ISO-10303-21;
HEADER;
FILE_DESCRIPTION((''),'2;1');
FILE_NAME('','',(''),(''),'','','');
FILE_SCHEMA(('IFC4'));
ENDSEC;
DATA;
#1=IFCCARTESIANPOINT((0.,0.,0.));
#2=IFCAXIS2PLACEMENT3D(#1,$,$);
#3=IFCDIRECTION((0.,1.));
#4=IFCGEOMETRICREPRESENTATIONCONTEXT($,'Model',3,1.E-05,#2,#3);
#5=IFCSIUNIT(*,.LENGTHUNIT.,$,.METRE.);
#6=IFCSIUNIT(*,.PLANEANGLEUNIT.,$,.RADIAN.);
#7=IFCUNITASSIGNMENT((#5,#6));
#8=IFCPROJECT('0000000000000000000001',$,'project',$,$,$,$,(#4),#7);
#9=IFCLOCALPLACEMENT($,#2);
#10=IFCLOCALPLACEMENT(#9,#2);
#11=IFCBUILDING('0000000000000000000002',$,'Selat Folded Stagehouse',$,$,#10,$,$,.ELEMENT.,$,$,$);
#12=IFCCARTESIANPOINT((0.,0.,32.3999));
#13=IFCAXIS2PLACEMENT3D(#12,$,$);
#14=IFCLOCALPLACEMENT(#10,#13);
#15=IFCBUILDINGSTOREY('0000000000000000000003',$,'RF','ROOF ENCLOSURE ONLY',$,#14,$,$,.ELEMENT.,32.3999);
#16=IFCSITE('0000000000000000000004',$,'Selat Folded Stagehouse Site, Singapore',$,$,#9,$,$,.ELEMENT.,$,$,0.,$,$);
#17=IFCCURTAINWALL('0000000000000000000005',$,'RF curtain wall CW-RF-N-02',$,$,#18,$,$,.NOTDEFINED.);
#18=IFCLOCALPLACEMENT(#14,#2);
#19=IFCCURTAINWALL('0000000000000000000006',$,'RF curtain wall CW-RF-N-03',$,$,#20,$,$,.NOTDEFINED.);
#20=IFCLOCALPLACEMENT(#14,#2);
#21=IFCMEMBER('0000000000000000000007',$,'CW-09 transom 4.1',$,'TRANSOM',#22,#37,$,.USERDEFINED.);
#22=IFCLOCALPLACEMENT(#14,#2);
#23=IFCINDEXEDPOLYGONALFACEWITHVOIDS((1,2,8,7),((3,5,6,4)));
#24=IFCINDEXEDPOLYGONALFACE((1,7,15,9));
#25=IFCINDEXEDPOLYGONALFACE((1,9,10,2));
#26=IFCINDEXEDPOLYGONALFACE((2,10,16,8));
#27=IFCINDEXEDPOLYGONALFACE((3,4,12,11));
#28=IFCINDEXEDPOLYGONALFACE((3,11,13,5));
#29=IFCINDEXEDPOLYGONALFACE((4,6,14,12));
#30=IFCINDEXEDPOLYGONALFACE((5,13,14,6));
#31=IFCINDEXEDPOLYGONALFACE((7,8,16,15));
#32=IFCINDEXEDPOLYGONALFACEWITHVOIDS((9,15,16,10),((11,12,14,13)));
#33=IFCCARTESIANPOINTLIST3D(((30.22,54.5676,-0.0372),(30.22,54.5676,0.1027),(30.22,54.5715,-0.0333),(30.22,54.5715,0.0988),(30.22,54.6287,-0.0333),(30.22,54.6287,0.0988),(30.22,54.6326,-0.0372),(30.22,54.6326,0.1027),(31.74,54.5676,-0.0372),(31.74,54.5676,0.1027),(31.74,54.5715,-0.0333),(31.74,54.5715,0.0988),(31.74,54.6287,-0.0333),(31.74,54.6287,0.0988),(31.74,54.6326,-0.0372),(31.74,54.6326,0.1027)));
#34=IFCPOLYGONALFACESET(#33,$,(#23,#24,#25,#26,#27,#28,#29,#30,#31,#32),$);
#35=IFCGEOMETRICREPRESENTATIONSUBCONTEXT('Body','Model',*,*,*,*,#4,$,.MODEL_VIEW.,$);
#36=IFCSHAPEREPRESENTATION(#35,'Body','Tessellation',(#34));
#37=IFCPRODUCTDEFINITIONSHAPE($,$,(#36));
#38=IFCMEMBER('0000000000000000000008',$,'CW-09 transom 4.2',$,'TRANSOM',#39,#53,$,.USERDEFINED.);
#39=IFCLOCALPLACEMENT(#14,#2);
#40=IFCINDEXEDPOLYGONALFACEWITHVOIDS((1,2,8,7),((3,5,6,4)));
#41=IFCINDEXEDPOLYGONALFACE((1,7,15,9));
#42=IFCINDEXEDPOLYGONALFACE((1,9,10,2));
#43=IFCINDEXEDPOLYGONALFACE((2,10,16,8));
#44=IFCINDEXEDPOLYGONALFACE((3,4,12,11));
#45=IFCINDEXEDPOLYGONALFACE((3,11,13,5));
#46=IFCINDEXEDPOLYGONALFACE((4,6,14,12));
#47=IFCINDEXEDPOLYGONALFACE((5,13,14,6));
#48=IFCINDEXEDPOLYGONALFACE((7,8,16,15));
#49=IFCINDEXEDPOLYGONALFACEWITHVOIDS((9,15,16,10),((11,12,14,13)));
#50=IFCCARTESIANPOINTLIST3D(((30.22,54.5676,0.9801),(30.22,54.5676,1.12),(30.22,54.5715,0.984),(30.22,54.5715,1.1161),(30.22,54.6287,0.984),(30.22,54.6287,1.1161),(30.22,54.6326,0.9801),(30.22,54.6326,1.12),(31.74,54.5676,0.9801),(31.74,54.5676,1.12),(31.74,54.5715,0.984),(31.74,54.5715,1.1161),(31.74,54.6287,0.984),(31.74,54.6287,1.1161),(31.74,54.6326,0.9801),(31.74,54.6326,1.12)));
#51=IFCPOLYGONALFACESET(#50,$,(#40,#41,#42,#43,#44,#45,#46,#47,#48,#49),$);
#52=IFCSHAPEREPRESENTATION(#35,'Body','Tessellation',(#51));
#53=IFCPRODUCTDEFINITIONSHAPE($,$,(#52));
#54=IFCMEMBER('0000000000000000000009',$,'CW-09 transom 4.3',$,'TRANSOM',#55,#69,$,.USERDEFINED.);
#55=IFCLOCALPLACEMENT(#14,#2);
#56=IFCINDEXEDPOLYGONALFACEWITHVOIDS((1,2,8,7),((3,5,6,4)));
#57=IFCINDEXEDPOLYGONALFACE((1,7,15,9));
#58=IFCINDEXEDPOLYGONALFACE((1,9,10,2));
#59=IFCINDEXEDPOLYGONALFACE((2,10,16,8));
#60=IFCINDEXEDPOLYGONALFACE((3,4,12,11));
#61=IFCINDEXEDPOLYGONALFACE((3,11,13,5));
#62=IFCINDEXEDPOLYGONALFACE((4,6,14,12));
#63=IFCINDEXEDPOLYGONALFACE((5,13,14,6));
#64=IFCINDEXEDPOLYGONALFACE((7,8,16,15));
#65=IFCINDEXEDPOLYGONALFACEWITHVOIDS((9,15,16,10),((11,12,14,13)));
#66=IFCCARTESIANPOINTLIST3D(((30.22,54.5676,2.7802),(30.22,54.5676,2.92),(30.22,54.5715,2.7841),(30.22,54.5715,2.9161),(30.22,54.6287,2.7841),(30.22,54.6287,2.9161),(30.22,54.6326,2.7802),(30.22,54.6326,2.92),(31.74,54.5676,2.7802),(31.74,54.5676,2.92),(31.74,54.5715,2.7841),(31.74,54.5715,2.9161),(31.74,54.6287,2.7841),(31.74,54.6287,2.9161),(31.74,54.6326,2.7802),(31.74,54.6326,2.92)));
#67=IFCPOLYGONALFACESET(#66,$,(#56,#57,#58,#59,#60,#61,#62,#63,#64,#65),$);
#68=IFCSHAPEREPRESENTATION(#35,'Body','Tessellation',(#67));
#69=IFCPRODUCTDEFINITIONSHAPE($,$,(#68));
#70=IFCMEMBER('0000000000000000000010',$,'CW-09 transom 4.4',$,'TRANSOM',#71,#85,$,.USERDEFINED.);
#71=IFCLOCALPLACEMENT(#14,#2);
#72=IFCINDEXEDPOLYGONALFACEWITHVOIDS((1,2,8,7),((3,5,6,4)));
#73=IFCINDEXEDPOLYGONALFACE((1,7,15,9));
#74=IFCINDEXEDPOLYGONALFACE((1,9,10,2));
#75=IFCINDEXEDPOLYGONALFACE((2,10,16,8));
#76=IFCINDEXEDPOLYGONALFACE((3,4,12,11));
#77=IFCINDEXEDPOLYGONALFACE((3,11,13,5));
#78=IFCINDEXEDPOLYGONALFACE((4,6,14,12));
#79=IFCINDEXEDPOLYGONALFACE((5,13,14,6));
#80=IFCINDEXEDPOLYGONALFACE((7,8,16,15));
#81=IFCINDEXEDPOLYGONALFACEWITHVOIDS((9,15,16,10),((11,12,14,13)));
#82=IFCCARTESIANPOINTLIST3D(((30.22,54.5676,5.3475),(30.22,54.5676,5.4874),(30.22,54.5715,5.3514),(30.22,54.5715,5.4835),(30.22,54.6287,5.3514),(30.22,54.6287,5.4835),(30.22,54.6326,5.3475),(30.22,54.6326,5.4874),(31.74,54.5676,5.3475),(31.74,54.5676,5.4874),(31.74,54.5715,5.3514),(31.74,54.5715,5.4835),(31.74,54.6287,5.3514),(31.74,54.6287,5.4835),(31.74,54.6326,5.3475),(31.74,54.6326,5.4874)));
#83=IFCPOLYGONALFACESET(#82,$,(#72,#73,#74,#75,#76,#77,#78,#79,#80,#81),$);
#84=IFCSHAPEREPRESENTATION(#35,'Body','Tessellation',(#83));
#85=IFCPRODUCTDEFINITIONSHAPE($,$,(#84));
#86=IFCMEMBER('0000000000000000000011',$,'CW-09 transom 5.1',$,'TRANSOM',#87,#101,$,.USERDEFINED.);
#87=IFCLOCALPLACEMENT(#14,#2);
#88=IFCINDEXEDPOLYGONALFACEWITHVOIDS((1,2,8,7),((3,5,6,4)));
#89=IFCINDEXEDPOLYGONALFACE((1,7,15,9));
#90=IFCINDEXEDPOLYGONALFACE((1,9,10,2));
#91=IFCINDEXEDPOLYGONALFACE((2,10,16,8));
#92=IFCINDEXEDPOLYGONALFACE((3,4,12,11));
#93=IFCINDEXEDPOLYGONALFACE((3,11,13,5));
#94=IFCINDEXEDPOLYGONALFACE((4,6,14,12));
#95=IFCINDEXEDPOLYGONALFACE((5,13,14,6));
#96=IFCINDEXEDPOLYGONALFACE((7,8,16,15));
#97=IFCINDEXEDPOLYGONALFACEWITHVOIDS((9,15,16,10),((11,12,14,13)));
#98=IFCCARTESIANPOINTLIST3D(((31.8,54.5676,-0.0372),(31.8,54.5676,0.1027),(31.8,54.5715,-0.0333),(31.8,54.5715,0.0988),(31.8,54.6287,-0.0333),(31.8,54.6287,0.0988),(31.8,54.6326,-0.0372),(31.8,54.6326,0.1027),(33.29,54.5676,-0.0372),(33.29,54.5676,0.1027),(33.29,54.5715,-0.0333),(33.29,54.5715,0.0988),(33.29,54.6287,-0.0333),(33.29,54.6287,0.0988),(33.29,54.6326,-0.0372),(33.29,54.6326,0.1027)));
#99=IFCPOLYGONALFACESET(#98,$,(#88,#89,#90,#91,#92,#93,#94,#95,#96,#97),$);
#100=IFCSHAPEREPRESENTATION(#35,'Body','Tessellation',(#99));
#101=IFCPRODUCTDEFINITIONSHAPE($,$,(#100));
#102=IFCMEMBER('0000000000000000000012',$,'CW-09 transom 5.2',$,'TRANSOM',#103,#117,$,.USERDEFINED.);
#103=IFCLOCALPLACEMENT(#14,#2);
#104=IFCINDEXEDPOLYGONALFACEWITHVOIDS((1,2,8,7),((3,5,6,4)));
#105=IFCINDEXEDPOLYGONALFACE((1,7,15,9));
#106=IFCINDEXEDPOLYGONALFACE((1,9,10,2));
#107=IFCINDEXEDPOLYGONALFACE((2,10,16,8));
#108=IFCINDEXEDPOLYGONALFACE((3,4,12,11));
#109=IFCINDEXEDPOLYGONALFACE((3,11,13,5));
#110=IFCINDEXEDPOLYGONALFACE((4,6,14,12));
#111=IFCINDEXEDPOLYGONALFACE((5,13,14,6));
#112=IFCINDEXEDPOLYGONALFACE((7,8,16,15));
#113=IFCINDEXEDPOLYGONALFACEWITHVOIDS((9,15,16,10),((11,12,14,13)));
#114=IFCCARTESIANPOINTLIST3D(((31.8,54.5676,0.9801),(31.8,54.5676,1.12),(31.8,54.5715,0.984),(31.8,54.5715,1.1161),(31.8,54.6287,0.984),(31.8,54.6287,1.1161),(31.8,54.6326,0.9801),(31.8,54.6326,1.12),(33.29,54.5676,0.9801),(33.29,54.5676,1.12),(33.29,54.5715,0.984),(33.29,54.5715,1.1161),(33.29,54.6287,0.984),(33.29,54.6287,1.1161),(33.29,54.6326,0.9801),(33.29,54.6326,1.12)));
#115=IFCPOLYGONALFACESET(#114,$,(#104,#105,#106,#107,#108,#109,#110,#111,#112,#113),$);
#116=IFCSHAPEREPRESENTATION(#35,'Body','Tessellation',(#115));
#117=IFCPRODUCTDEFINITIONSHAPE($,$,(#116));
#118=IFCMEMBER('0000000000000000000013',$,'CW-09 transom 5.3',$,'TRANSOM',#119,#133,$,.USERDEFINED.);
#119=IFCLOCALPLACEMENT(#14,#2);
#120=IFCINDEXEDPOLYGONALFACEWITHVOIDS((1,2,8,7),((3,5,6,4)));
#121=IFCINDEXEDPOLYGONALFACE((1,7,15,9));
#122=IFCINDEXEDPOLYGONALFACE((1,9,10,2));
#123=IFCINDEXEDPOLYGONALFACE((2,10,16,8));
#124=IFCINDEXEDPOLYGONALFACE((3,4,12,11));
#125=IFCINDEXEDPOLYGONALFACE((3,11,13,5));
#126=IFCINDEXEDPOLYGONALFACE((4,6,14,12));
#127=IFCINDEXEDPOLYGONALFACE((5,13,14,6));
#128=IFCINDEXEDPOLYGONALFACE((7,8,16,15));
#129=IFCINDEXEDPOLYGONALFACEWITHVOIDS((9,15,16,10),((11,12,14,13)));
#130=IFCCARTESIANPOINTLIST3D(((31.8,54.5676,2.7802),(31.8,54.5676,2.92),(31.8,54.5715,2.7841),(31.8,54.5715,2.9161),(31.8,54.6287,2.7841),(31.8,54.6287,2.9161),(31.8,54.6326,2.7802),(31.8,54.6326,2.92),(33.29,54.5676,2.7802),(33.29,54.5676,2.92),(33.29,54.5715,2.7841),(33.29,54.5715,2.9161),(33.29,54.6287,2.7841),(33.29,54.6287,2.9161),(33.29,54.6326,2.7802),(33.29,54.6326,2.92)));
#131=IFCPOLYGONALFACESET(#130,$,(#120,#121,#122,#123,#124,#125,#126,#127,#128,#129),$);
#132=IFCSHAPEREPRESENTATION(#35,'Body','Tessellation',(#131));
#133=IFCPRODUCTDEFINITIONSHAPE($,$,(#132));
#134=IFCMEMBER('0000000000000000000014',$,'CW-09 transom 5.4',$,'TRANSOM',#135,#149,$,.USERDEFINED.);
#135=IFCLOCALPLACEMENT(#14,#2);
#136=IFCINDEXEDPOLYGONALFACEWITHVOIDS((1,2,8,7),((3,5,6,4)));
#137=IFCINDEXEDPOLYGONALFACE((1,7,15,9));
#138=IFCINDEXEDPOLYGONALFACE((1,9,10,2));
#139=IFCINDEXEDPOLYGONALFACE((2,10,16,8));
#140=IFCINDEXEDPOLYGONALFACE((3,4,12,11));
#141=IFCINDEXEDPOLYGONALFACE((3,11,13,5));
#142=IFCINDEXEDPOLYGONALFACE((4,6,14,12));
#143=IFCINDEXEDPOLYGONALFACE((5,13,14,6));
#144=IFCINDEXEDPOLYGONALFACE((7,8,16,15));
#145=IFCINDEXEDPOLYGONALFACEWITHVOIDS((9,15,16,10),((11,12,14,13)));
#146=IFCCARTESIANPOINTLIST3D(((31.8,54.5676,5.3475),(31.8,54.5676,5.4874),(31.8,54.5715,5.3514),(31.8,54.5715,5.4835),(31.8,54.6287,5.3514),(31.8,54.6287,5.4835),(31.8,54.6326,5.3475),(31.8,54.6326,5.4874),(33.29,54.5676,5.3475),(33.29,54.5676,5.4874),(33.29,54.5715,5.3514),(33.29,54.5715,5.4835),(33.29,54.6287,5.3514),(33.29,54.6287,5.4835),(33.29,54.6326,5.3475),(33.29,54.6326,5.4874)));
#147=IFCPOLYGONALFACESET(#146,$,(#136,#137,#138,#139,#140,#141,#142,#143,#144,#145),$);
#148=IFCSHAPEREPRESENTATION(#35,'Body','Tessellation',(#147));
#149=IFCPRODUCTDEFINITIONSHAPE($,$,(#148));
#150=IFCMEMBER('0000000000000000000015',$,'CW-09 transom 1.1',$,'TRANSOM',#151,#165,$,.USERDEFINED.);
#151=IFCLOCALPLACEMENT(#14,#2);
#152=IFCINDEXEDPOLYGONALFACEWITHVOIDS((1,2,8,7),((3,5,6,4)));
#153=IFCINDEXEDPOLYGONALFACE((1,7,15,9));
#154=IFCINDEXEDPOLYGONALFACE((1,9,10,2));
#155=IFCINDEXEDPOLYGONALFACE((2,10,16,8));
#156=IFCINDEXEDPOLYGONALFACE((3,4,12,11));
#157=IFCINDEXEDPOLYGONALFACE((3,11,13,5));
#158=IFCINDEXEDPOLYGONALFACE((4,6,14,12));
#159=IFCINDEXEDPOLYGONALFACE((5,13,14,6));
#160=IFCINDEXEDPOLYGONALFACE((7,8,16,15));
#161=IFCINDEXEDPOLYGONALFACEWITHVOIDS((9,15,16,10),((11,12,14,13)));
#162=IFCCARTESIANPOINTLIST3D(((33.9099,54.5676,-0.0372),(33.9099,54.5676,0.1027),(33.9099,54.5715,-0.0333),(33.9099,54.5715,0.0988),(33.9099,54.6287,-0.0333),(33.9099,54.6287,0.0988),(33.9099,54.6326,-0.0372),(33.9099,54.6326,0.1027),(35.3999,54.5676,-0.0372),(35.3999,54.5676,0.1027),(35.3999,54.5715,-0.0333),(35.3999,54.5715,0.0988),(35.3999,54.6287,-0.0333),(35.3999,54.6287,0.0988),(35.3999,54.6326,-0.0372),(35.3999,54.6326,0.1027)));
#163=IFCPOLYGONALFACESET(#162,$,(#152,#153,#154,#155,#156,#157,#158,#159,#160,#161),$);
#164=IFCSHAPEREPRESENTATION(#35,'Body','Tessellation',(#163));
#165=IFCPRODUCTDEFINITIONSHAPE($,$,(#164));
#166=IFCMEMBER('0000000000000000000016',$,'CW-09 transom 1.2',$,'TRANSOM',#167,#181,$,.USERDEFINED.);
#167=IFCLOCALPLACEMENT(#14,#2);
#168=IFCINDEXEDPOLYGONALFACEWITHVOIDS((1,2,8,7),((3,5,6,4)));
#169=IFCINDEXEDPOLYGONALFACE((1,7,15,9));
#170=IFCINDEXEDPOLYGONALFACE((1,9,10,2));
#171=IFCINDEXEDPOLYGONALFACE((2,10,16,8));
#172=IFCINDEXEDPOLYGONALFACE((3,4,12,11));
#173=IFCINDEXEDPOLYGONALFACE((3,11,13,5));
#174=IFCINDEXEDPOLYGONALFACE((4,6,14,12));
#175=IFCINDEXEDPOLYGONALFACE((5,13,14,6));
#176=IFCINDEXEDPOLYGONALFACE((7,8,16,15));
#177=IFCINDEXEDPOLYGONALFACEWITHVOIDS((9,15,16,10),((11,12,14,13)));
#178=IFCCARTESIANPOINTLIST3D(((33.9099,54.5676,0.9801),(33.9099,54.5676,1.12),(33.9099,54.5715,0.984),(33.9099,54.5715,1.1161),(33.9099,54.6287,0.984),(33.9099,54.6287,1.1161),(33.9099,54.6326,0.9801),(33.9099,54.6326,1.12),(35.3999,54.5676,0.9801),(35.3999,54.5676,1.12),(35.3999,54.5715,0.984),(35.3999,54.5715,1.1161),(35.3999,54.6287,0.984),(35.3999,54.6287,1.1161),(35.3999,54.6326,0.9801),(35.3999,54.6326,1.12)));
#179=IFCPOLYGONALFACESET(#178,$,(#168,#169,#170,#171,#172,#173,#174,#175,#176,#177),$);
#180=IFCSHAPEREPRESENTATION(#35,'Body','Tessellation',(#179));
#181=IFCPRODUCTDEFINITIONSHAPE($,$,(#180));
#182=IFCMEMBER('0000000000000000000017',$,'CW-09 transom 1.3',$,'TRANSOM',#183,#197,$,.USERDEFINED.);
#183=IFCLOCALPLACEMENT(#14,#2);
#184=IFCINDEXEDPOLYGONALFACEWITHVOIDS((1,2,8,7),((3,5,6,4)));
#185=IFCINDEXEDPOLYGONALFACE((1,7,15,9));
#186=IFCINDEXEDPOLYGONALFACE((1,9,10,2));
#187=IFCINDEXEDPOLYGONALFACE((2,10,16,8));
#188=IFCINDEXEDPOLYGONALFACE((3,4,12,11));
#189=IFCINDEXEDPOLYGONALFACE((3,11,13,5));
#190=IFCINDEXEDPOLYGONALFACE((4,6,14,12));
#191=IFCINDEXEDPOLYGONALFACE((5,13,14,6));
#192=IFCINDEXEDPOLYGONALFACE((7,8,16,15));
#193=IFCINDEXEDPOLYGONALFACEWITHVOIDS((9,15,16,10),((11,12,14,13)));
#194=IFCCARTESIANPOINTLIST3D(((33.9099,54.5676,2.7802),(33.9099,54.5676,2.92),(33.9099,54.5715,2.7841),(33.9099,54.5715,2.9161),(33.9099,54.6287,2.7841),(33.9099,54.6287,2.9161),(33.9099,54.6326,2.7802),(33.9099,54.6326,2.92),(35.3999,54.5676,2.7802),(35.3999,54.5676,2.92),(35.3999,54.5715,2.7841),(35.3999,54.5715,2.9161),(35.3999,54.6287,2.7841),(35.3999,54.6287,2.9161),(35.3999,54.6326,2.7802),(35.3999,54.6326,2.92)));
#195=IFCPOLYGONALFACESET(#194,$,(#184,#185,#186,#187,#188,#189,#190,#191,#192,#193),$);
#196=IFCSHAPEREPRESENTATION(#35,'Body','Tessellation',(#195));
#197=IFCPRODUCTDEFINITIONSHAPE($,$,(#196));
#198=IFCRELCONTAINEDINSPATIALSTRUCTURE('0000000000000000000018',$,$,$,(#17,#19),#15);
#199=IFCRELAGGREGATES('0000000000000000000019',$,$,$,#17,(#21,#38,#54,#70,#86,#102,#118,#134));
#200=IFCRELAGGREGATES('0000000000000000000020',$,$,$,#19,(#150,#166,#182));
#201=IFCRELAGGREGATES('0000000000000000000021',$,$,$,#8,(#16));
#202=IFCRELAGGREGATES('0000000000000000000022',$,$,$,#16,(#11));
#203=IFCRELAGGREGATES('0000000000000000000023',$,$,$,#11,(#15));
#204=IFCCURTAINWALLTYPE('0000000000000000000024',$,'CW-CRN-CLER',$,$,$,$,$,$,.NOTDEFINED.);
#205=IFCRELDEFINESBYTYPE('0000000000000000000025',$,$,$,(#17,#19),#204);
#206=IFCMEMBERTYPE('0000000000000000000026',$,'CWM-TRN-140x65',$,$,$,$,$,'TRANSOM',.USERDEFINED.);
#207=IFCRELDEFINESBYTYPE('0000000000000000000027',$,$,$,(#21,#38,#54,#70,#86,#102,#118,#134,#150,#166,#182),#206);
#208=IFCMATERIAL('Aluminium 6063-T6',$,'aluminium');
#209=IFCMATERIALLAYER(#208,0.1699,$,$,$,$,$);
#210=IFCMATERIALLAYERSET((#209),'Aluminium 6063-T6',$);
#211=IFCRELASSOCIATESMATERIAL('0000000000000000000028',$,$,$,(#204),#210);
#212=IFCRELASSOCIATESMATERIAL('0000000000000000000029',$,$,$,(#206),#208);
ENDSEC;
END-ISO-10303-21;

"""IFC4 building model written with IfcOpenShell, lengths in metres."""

from ifc_helpers import new_model, si_unit, direction, frame, origin, origin_2d, place, context, subcontext, project, spatial, hollow_rectangle, extrude, material, layer, layer_set, material_profile, profile_set, type_object, element, aggregate, save


model = new_model("IFC4")

# Units and contexts
model_context = context("Model", 3, precision=1e-05, world=origin(), true_north=direction((0.0, 1.0)))
body_context = subcontext(model_context, "Body", "Model", "MODEL_VIEW")
ifc_project = project(units=[si_unit("LENGTHUNIT", "METRE"), si_unit("PLANEANGLEUNIT", "RADIAN")], contexts=[model_context])

# Site, building, storey
site_placement = place(None, origin())
site = spatial("IfcSite", under=ifc_project, at=site_placement, Name="Selat Folded Stagehouse Site, Singapore", CompositionType="ELEMENT", RefElevation=0.0)
building_placement = place(site_placement, origin())
building = spatial("IfcBuilding", under=site, at=building_placement, Name="Selat Folded Stagehouse", CompositionType="ELEMENT")
storey_placement = place(building_placement, frame((0.0, 0.0, 32.3999)))
storey = spatial("IfcBuildingStorey", under=building, at=storey_placement, Name="RF", Description="ROOF ENCLOSURE ONLY", CompositionType="ELEMENT", Elevation=32.3999)

# Curtain walls
ifc_material_1 = material(Name="Aluminium 6063-T6", Category="aluminium")
ifc_layer_1 = layer(ifc_material_1, 0.1699)
ifc_layer_set_1 = layer_set([ifc_layer_1], Name="Aluminium 6063-T6")
curtain_wall_type = type_object("IfcCurtainWallType", Name="CW-CRN-CLER", PredefinedType="NOTDEFINED", material=ifc_layer_set_1)
curtain_wall_1_placement = place(storey_placement, origin())
curtain_wall_1 = element("IfcCurtainWall", 1, at=curtain_wall_1_placement, inside=storey, type_object=curtain_wall_type, Name="RF curtain wall CW-RF-N-02", PredefinedType="NOTDEFINED")
curtain_wall_2_placement = place(storey_placement, origin())
curtain_wall_2 = element("IfcCurtainWall", 2, at=curtain_wall_2_placement, inside=storey, type_object=curtain_wall_type, Name="RF curtain wall CW-RF-N-03", PredefinedType="NOTDEFINED")

# Members
ifc_material_profile_1 = material_profile(ifc_material_1, hollow_rectangle(XDim=0.0649, YDim=0.1399, WallThickness=0.0039, at=origin_2d()), Name="ALU 140x65x4.0")
ifc_profile_set_1 = profile_set([ifc_material_profile_1], Name="Aluminium 6063-T6")
member_type_1 = type_object("IfcMemberType", Name="CWM-TRN-140x65", ElementType="TRANSOM", PredefinedType="USERDEFINED", material=ifc_profile_set_1)
member_1_placement = place(storey_placement, frame((30.22, 54.6001, 0.0327), z_axis=(1.0, 0.0, 0.0), x_axis=(0.0, 1.0, 0.0)))
member_1 = element("IfcMember", 3, at=member_1_placement, type_object=member_type_1, Name="CW-09 transom 4.1", ObjectType="TRANSOM", PredefinedType="USERDEFINED", context=body_context, shape_type="SweptSolid", body=[
    extrude(hollow_rectangle(XDim=0.0649, YDim=0.1399, WallThickness=0.0039, at=origin_2d()), origin(), (0.0, 0.0, 1.0), 1.52),
])
member_2_placement = place(storey_placement, frame((30.22, 54.6001, 1.05), z_axis=(1.0, 0.0, 0.0), x_axis=(0.0, 1.0, 0.0)))
member_2 = element("IfcMember", 4, at=member_2_placement, type_object=member_type_1, Name="CW-09 transom 4.2", ObjectType="TRANSOM", PredefinedType="USERDEFINED", context=body_context, shape_type="SweptSolid", body=[
    extrude(hollow_rectangle(XDim=0.0649, YDim=0.1399, WallThickness=0.0039, at=origin_2d()), origin(), (0.0, 0.0, 1.0), 1.52),
])
member_3_placement = place(storey_placement, frame((30.22, 54.6001, 2.8501), z_axis=(1.0, 0.0, 0.0), x_axis=(0.0, 1.0, 0.0)))
member_3 = element("IfcMember", 5, at=member_3_placement, type_object=member_type_1, Name="CW-09 transom 4.3", ObjectType="TRANSOM", PredefinedType="USERDEFINED", context=body_context, shape_type="SweptSolid", body=[
    extrude(hollow_rectangle(XDim=0.0649, YDim=0.1399, WallThickness=0.0039, at=origin_2d()), origin(), (0.0, 0.0, 1.0), 1.52),
])
member_4_placement = place(storey_placement, frame((30.22, 54.6001, 5.4175), z_axis=(1.0, 0.0, 0.0), x_axis=(0.0, 1.0, 0.0)))
member_4 = element("IfcMember", 6, at=member_4_placement, type_object=member_type_1, Name="CW-09 transom 4.4", ObjectType="TRANSOM", PredefinedType="USERDEFINED", context=body_context, shape_type="SweptSolid", body=[
    extrude(hollow_rectangle(XDim=0.0649, YDim=0.1399, WallThickness=0.0039, at=origin_2d()), origin(), (0.0, 0.0, 1.0), 1.52),
])
member_5_placement = place(storey_placement, frame((31.8, 54.6001, 0.0327), z_axis=(1.0, 0.0, 0.0), x_axis=(0.0, 1.0, 0.0)))
member_5 = element("IfcMember", 7, at=member_5_placement, type_object=member_type_1, Name="CW-09 transom 5.1", ObjectType="TRANSOM", PredefinedType="USERDEFINED", context=body_context, shape_type="SweptSolid", body=[
    extrude(hollow_rectangle(XDim=0.0649, YDim=0.1399, WallThickness=0.0039, at=origin_2d()), origin(), (0.0, 0.0, 1.0), 1.49),
])
member_6_placement = place(storey_placement, frame((31.8, 54.6001, 1.05), z_axis=(1.0, 0.0, 0.0), x_axis=(0.0, 1.0, 0.0)))
member_6 = element("IfcMember", 8, at=member_6_placement, type_object=member_type_1, Name="CW-09 transom 5.2", ObjectType="TRANSOM", PredefinedType="USERDEFINED", context=body_context, shape_type="SweptSolid", body=[
    extrude(hollow_rectangle(XDim=0.0649, YDim=0.1399, WallThickness=0.0039, at=origin_2d()), origin(), (0.0, 0.0, 1.0), 1.49),
])
member_7_placement = place(storey_placement, frame((31.8, 54.6001, 2.8501), z_axis=(1.0, 0.0, 0.0), x_axis=(0.0, 1.0, 0.0)))
member_7 = element("IfcMember", 9, at=member_7_placement, type_object=member_type_1, Name="CW-09 transom 5.3", ObjectType="TRANSOM", PredefinedType="USERDEFINED", context=body_context, shape_type="SweptSolid", body=[
    extrude(hollow_rectangle(XDim=0.0649, YDim=0.1399, WallThickness=0.0039, at=origin_2d()), origin(), (0.0, 0.0, 1.0), 1.49),
])
member_8_placement = place(storey_placement, frame((31.8, 54.6001, 5.4175), z_axis=(1.0, 0.0, 0.0), x_axis=(0.0, 1.0, 0.0)))
member_8 = element("IfcMember", 10, at=member_8_placement, type_object=member_type_1, Name="CW-09 transom 5.4", ObjectType="TRANSOM", PredefinedType="USERDEFINED", context=body_context, shape_type="SweptSolid", body=[
    extrude(hollow_rectangle(XDim=0.0649, YDim=0.1399, WallThickness=0.0039, at=origin_2d()), origin(), (0.0, 0.0, 1.0), 1.49),
])
member_9_placement = place(storey_placement, frame((33.9099, 54.6001, 0.0327), z_axis=(1.0, 0.0, 0.0), x_axis=(0.0, 1.0, 0.0)))
member_9 = element("IfcMember", 11, at=member_9_placement, type_object=member_type_1, Name="CW-09 transom 1.1", ObjectType="TRANSOM", PredefinedType="USERDEFINED", context=body_context, shape_type="SweptSolid", body=[
    extrude(hollow_rectangle(XDim=0.0649, YDim=0.1399, WallThickness=0.0039, at=origin_2d()), origin(), (0.0, 0.0, 1.0), 1.49),
])
member_10_placement = place(storey_placement, frame((33.9099, 54.6001, 1.05), z_axis=(1.0, 0.0, 0.0), x_axis=(0.0, 1.0, 0.0)))
member_10 = element("IfcMember", 12, at=member_10_placement, type_object=member_type_1, Name="CW-09 transom 1.2", ObjectType="TRANSOM", PredefinedType="USERDEFINED", context=body_context, shape_type="SweptSolid", body=[
    extrude(hollow_rectangle(XDim=0.0649, YDim=0.1399, WallThickness=0.0039, at=origin_2d()), origin(), (0.0, 0.0, 1.0), 1.49),
])
member_11_placement = place(storey_placement, frame((33.9099, 54.6001, 2.8501), z_axis=(1.0, 0.0, 0.0), x_axis=(0.0, 1.0, 0.0)))
member_11 = element("IfcMember", 13, at=member_11_placement, type_object=member_type_1, Name="CW-09 transom 1.3", ObjectType="TRANSOM", PredefinedType="USERDEFINED", context=body_context, shape_type="SweptSolid", body=[
    extrude(hollow_rectangle(XDim=0.0649, YDim=0.1399, WallThickness=0.0039, at=origin_2d()), origin(), (0.0, 0.0, 1.0), 1.49),
])

aggregate(curtain_wall_1, [member_1, member_2, member_3, member_4, member_5, member_6, member_7, member_8])
aggregate(curtain_wall_2, [member_9, member_10, member_11])

save(model, "model.ifc")
